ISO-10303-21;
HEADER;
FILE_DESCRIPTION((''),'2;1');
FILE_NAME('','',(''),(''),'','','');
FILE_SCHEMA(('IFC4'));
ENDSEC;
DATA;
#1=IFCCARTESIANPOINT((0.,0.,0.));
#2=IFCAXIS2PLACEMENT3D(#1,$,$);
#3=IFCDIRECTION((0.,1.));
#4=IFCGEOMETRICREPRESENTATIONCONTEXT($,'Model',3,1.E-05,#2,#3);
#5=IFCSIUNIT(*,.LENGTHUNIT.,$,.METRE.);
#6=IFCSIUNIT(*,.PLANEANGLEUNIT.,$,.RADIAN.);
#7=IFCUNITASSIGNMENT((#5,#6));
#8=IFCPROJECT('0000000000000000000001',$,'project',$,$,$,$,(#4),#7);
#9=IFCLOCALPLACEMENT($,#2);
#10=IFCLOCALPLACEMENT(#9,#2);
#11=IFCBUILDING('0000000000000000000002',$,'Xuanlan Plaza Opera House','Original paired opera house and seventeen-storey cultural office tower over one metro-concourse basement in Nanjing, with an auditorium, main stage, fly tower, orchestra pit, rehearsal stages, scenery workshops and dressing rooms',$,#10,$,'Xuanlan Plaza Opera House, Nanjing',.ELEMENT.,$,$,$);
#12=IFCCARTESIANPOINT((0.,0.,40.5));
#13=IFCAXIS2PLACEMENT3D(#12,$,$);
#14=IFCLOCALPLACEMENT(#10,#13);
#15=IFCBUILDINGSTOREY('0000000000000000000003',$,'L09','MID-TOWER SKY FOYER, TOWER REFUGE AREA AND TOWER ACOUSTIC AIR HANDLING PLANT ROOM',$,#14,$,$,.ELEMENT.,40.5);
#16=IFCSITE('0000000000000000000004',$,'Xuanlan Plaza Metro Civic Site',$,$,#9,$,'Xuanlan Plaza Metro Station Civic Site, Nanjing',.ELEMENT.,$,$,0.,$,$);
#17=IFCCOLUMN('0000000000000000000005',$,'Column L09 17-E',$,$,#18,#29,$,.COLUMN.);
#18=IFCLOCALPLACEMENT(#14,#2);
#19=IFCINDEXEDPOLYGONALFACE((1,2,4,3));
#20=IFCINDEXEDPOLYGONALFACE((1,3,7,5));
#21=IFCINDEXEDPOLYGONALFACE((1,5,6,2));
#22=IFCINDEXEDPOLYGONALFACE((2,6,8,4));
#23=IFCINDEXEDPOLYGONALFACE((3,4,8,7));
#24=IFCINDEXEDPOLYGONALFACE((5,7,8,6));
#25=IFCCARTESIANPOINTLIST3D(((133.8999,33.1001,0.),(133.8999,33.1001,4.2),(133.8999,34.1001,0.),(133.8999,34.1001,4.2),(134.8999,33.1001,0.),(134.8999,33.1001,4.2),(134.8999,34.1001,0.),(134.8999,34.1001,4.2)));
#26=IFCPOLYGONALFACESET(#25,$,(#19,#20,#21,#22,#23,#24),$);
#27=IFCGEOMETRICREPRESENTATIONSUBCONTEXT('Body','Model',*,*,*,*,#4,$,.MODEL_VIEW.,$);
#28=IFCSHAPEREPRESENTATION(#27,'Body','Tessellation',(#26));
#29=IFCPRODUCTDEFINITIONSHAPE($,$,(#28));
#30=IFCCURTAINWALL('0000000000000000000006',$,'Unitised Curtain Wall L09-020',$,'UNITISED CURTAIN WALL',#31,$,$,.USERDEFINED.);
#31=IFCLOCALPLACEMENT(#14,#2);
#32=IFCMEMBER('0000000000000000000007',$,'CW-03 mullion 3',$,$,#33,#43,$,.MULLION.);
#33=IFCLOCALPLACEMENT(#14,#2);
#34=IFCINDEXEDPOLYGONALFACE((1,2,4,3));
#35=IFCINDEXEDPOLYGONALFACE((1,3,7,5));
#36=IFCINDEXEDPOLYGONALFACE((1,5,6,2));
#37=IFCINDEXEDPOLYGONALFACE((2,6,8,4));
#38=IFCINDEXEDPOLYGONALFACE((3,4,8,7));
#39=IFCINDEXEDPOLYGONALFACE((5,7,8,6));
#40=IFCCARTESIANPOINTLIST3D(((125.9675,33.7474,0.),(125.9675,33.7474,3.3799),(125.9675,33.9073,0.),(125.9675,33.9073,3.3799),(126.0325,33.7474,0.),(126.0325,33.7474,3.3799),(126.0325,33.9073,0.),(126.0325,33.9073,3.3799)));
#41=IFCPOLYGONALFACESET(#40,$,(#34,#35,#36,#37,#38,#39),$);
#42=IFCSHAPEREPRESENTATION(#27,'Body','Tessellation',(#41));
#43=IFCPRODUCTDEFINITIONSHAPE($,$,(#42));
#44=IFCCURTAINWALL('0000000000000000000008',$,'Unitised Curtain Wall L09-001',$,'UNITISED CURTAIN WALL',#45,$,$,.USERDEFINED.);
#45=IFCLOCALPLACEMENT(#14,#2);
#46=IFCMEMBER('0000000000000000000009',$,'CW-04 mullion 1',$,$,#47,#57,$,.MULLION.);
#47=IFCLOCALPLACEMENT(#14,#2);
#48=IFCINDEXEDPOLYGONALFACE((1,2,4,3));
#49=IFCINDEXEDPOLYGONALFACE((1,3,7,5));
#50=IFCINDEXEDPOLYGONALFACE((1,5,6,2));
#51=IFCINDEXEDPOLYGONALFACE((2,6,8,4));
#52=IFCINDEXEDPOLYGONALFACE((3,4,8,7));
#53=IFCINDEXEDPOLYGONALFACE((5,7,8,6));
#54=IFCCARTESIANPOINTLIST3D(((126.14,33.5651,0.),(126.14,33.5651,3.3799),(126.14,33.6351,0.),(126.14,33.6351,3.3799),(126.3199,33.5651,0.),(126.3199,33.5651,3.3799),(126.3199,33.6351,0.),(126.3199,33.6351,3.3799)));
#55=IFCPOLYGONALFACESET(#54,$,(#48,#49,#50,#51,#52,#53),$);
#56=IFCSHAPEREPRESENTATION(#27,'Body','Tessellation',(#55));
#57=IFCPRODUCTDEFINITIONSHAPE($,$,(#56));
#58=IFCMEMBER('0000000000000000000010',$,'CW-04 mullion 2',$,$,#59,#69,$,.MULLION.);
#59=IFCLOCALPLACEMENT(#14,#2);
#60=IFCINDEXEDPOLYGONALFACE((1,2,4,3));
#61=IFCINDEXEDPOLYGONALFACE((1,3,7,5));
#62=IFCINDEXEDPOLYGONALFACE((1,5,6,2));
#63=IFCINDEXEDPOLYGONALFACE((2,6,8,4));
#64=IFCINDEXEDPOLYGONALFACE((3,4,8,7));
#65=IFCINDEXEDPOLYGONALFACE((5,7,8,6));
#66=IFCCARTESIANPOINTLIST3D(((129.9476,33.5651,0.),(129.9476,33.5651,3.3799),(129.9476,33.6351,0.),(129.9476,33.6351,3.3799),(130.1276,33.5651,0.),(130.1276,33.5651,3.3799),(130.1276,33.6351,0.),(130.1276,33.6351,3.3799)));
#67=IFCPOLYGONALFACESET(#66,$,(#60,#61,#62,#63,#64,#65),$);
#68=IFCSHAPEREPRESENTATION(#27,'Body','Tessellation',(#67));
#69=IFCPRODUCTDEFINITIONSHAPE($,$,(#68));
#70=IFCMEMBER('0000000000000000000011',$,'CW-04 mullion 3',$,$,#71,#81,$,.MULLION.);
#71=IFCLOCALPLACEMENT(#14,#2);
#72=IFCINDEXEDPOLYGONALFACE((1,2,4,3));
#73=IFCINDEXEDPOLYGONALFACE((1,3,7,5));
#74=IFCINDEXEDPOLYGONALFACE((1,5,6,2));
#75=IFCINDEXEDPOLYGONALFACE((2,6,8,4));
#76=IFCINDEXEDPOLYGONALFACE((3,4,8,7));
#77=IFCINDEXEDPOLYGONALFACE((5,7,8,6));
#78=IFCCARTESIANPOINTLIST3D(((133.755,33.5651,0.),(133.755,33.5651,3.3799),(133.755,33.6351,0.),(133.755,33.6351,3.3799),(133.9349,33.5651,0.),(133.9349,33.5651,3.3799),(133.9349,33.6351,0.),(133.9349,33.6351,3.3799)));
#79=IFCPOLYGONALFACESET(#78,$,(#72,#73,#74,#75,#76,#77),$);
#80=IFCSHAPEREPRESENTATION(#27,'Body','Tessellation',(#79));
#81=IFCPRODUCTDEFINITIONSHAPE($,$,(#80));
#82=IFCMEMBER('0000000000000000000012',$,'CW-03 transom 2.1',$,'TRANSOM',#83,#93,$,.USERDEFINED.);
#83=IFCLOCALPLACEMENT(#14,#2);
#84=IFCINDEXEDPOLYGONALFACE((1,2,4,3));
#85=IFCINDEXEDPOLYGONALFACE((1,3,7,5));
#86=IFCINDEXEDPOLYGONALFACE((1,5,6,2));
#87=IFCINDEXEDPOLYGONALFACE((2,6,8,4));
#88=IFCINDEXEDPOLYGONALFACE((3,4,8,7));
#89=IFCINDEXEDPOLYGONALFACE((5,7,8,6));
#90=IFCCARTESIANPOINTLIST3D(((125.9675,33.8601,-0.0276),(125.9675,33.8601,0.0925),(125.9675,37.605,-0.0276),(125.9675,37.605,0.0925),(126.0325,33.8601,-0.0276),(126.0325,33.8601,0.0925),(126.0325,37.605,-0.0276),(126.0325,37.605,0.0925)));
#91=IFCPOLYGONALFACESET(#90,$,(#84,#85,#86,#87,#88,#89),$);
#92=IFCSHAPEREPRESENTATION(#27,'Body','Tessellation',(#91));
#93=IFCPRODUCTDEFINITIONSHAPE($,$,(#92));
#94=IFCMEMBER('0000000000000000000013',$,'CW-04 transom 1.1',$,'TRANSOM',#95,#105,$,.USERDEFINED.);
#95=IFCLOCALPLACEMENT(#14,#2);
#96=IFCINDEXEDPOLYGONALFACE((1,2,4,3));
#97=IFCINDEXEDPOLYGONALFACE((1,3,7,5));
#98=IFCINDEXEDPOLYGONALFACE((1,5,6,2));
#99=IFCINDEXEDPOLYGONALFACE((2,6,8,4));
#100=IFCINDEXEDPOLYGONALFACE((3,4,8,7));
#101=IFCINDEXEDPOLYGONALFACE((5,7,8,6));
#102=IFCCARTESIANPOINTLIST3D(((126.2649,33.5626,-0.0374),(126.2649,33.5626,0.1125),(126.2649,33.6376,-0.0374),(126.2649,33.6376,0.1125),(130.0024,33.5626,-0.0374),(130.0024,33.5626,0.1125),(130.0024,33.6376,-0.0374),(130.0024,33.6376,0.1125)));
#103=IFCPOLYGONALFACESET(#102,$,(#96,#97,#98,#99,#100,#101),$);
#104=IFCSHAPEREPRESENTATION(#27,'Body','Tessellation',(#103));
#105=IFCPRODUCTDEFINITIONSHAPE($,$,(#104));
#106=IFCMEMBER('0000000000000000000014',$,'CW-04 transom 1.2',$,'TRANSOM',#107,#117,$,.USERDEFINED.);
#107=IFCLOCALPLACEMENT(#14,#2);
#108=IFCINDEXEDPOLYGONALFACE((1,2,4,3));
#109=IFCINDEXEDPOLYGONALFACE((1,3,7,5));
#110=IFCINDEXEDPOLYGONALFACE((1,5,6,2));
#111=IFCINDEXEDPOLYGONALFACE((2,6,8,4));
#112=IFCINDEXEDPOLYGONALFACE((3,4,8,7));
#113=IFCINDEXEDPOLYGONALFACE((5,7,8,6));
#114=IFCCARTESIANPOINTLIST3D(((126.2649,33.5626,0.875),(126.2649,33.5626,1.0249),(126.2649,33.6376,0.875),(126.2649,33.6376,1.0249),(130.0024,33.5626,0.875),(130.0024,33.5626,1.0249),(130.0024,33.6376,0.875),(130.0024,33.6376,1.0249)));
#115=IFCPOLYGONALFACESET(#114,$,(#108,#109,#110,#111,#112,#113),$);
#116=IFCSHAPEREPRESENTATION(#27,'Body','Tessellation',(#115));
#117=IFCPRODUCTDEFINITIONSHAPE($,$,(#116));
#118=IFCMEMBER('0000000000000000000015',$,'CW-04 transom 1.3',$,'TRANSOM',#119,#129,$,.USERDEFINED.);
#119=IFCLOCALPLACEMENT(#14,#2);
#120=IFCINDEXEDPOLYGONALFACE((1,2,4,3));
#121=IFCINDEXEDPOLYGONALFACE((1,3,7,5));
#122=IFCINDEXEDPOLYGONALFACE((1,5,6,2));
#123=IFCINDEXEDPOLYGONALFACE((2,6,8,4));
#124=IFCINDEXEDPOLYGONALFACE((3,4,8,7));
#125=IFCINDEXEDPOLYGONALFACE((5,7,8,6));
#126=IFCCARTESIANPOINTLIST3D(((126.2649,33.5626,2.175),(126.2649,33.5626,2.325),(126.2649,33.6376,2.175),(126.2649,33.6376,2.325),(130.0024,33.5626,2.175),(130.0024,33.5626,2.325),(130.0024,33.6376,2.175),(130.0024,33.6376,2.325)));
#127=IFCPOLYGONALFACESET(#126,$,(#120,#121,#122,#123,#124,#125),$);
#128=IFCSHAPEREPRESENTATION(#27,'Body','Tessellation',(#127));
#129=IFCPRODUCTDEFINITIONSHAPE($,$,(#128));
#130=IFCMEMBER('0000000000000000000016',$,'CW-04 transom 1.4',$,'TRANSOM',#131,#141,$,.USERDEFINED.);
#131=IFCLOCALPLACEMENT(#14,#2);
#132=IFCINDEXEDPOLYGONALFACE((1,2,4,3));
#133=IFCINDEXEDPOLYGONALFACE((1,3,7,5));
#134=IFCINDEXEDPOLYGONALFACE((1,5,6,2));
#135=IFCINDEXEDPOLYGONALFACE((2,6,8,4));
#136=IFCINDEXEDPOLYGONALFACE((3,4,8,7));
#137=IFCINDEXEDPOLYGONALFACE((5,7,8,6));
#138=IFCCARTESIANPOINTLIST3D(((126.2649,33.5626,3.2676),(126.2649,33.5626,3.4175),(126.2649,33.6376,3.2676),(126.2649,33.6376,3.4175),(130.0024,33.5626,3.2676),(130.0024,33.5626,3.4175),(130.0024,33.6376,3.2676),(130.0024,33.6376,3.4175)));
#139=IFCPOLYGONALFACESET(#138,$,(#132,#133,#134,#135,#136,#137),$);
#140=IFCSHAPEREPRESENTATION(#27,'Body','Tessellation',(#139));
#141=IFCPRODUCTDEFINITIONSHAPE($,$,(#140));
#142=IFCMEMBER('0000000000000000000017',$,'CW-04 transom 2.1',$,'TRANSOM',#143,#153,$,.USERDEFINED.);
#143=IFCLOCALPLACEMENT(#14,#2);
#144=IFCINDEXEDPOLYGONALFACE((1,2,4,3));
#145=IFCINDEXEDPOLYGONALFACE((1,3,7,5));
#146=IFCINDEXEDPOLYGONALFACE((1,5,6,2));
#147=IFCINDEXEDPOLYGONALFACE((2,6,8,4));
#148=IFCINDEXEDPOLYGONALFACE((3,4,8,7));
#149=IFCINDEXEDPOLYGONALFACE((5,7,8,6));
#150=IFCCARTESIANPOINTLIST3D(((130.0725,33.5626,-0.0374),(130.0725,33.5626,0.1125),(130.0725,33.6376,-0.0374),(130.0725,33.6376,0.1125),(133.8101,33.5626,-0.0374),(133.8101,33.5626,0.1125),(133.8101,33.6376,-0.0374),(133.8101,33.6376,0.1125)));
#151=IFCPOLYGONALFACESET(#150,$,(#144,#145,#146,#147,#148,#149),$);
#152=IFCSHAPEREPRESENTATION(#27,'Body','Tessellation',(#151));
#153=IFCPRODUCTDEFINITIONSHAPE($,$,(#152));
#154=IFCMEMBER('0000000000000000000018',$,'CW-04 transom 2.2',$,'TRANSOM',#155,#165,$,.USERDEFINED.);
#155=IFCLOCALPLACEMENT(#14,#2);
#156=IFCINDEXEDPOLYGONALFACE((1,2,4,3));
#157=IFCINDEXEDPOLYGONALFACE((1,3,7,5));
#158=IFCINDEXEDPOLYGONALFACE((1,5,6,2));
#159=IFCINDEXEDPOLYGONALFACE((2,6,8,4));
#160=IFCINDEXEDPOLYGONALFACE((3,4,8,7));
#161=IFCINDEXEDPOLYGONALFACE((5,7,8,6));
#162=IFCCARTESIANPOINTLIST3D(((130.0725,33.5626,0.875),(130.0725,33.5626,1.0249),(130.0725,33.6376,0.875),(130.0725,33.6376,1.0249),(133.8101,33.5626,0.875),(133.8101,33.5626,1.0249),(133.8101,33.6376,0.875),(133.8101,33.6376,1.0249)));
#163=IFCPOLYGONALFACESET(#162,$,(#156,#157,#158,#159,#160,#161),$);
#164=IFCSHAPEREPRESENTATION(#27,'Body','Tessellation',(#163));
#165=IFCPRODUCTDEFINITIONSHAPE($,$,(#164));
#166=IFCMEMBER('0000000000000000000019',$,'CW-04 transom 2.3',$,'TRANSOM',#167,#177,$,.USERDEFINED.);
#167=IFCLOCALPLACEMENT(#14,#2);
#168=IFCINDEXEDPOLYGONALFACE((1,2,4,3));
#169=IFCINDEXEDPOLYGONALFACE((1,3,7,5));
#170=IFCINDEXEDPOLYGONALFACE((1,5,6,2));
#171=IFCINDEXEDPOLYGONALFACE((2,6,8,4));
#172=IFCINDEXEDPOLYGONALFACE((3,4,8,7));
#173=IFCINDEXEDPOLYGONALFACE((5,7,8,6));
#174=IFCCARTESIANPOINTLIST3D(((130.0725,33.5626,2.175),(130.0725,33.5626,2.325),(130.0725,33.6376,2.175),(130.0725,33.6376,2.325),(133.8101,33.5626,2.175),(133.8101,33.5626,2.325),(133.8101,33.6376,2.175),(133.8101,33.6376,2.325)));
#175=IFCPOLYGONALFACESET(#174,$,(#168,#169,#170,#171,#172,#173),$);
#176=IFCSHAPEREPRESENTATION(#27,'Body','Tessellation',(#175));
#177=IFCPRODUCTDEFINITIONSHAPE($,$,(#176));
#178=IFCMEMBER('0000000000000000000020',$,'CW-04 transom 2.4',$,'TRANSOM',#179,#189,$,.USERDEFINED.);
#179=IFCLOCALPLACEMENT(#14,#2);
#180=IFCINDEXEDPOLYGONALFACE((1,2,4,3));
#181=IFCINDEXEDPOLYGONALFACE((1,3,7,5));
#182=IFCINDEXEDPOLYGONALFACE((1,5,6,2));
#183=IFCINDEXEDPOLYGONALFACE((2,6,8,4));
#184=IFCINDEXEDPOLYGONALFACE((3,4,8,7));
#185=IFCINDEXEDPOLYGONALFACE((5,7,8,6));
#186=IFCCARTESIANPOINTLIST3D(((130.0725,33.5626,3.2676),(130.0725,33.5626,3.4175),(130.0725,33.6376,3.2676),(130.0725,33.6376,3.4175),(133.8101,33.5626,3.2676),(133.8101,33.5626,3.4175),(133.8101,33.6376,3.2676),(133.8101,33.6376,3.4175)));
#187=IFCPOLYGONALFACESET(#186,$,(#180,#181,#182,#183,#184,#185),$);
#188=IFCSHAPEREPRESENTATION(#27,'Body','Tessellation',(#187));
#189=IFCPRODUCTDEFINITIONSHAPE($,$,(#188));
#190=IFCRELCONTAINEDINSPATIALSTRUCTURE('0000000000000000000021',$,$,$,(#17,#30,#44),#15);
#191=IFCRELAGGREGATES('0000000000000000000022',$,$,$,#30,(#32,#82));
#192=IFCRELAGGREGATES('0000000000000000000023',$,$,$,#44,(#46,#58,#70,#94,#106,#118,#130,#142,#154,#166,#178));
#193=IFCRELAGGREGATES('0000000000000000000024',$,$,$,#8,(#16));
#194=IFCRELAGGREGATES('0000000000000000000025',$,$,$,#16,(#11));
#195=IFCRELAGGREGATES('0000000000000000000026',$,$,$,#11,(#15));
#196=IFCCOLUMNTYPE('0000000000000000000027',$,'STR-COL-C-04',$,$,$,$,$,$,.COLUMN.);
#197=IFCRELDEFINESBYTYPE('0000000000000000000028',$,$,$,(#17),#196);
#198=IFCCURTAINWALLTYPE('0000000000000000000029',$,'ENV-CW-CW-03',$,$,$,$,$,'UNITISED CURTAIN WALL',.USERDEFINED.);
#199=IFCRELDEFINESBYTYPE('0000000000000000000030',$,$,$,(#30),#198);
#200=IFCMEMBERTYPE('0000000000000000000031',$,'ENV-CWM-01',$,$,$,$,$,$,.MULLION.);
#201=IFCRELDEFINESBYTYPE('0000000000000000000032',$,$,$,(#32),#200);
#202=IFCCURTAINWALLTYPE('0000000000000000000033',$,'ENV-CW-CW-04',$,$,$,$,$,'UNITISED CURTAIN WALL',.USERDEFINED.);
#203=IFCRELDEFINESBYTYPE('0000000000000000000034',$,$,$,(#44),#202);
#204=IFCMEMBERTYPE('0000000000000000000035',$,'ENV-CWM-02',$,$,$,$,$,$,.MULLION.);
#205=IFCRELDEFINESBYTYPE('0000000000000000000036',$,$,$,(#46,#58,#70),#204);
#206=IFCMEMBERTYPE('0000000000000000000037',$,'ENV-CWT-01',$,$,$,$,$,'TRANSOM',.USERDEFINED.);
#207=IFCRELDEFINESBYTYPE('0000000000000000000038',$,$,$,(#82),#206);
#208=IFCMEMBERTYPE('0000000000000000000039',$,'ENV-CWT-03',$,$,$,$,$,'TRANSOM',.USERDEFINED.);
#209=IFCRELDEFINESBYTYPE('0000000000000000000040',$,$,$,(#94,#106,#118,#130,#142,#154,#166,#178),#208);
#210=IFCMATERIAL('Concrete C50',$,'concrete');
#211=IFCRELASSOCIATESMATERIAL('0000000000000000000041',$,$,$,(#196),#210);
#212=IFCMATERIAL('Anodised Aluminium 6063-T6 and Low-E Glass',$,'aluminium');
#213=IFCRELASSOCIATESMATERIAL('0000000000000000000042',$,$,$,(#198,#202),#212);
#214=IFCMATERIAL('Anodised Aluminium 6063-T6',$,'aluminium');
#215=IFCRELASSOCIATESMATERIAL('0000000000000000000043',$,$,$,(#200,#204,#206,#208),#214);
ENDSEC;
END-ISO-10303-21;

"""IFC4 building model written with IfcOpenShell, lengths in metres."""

from ifc_helpers import new_model, si_unit, direction, frame, origin, origin_2d, place, context, subcontext, project, spatial, rectangle, extrude, material, material_profile, profile_set, type_object, element, aggregate, save


model = new_model("IFC4")

# Units and contexts
model_context = context("Model", 3, precision=1e-05, world=origin(), true_north=direction((0.0, 1.0)))
body_context = subcontext(model_context, "Body", "Model", "MODEL_VIEW")
ifc_project = project(units=[si_unit("LENGTHUNIT", "METRE"), si_unit("PLANEANGLEUNIT", "RADIAN")], contexts=[model_context])

# Site, building, storey
site_placement = place(None, origin())
site = spatial("IfcSite", under=ifc_project, at=site_placement, Name="Xuanlan Plaza Metro Civic Site", LongName="Xuanlan Plaza Metro Station Civic Site, Nanjing", CompositionType="ELEMENT", RefElevation=0.0)
building_placement = place(site_placement, origin())
building = spatial("IfcBuilding", under=site, at=building_placement, Name="Xuanlan Plaza Opera House", Description="Original paired opera house and seventeen-storey cultural office tower over one metro-concourse basement in Nanjing, with an auditorium, main stage, fly tower, orchestra pit, rehearsal stages, scenery workshops and dressing rooms", LongName="Xuanlan Plaza Opera House, Nanjing", CompositionType="ELEMENT")
storey_placement = place(building_placement, frame((0.0, 0.0, 40.5)))
storey = spatial("IfcBuildingStorey", under=building, at=storey_placement, Name="L09", Description="MID-TOWER SKY FOYER, TOWER REFUGE AREA AND TOWER ACOUSTIC AIR HANDLING PLANT ROOM", CompositionType="ELEMENT", Elevation=40.5)

# Column
ifc_material_1 = material(Name="Concrete C50", Category="concrete")
ifc_material_profile_1 = material_profile(ifc_material_1, rectangle(XDim=1.0, YDim=1.0, at=origin_2d()), Name="RC-COL 1000x1000")
ifc_profile_set_1 = profile_set([ifc_material_profile_1], Name="Concrete C50")
column_type = type_object("IfcColumnType", Name="STR-COL-C-04", PredefinedType="COLUMN", material=ifc_profile_set_1)
column_placement = place(storey_placement, frame((134.3999, 33.6001, 0.0), z_axis=(0.0, 0.0, 1.0), x_axis=(1.0, 0.0, 0.0)))
element("IfcColumn", 1, at=column_placement, inside=storey, type_object=column_type, Name="Column L09 17-E", PredefinedType="COLUMN", context=body_context, shape_type="SweptSolid", body=[
    extrude(rectangle(XDim=1.0, YDim=1.0, at=origin_2d()), origin(), (0.0, 0.0, 1.0), 4.2),
])

# Curtain wall, member
ifc_material_2 = material(Name="Anodised Aluminium 6063-T6 and Low-E Glass", Category="aluminium")
curtain_wall_type_1 = type_object("IfcCurtainWallType", Name="ENV-CW-CW-03", ElementType="UNITISED CURTAIN WALL", PredefinedType="USERDEFINED", material=ifc_material_2)
curtain_wall_1_placement = place(storey_placement, origin())
curtain_wall_1 = element("IfcCurtainWall", 2, at=curtain_wall_1_placement, inside=storey, type_object=curtain_wall_type_1, Name="Unitised Curtain Wall L09-020", ObjectType="UNITISED CURTAIN WALL", PredefinedType="USERDEFINED")
ifc_material_3 = material(Name="Anodised Aluminium 6063-T6", Category="aluminium")
ifc_material_profile_2 = material_profile(ifc_material_3, rectangle(XDim=0.0649, YDim=0.1599, at=origin_2d()), Name="ALU-M 65x160")
ifc_profile_set_2 = profile_set([ifc_material_profile_2], Name="Anodised Aluminium 6063-T6")
member_type_1 = type_object("IfcMemberType", Name="ENV-CWM-01", PredefinedType="MULLION", material=ifc_profile_set_2)
member_1_placement = place(storey_placement, frame((126.0, 33.8274, 0.0), z_axis=(0.0, 0.0, 1.0), x_axis=(1.0, 0.0, 0.0)))
member_1 = element("IfcMember", 3, at=member_1_placement, type_object=member_type_1, Name="CW-03 mullion 3", PredefinedType="MULLION", context=body_context, shape_type="SweptSolid", body=[
    extrude(rectangle(XDim=0.0649, YDim=0.1599, at=origin_2d()), origin(), (0.0, 0.0, 1.0), 3.3799),
])

# Curtain wall, members
curtain_wall_type_2 = type_object("IfcCurtainWallType", Name="ENV-CW-CW-04", ElementType="UNITISED CURTAIN WALL", PredefinedType="USERDEFINED", material=ifc_material_2)
curtain_wall_2_placement = place(storey_placement, origin())
curtain_wall_2 = element("IfcCurtainWall", 4, at=curtain_wall_2_placement, inside=storey, type_object=curtain_wall_type_2, Name="Unitised Curtain Wall L09-001", ObjectType="UNITISED CURTAIN WALL", PredefinedType="USERDEFINED")
ifc_material_profile_3 = material_profile(ifc_material_3, rectangle(XDim=0.0701, YDim=0.1799, at=origin_2d()), Name="ALU-M 70x180")
ifc_profile_set_3 = profile_set([ifc_material_profile_3], Name="Anodised Aluminium 6063-T6")
member_type_2 = type_object("IfcMemberType", Name="ENV-CWM-02", PredefinedType="MULLION", material=ifc_profile_set_3)
member_2_placement = place(storey_placement, frame((126.23, 33.6001, 0.0), z_axis=(0.0, 0.0, 1.0), x_axis=(0.0, 1.0, 0.0)))
member_2 = element("IfcMember", 5, at=member_2_placement, type_object=member_type_2, Name="CW-04 mullion 1", PredefinedType="MULLION", context=body_context, shape_type="SweptSolid", body=[
    extrude(rectangle(XDim=0.0701, YDim=0.1799, at=origin_2d()), origin(), (0.0, 0.0, 1.0), 3.3799),
])
member_3_placement = place(storey_placement, frame((130.0376, 33.6001, 0.0), z_axis=(0.0, 0.0, 1.0), x_axis=(0.0, 1.0, 0.0)))
member_3 = element("IfcMember", 6, at=member_3_placement, type_object=member_type_2, Name="CW-04 mullion 2", PredefinedType="MULLION", context=body_context, shape_type="SweptSolid", body=[
    extrude(rectangle(XDim=0.0701, YDim=0.1799, at=origin_2d()), origin(), (0.0, 0.0, 1.0), 3.3799),
])
member_4_placement = place(storey_placement, frame((133.845, 33.6001, 0.0), z_axis=(0.0, 0.0, 1.0), x_axis=(0.0, 1.0, 0.0)))
member_4 = element("IfcMember", 7, at=member_4_placement, type_object=member_type_2, Name="CW-04 mullion 3", PredefinedType="MULLION", context=body_context, shape_type="SweptSolid", body=[
    extrude(rectangle(XDim=0.0701, YDim=0.1799, at=origin_2d()), origin(), (0.0, 0.0, 1.0), 3.3799),
])

# Members
ifc_material_profile_4 = material_profile(ifc_material_3, rectangle(XDim=0.0649, YDim=0.1201, at=origin_2d()), Name="ALU-T 65x120")
ifc_profile_set_4 = profile_set([ifc_material_profile_4], Name="Anodised Aluminium 6063-T6")
member_type_3 = type_object("IfcMemberType", Name="ENV-CWT-01", ElementType="TRANSOM", PredefinedType="USERDEFINED", material=ifc_profile_set_4)
member_5_placement = place(storey_placement, frame((126.0, 37.605, 0.0325), z_axis=(0.0, -1.0, 0.0), x_axis=(1.0, 0.0, 0.0)))
member_5 = element("IfcMember", 8, at=member_5_placement, type_object=member_type_3, Name="CW-03 transom 2.1", ObjectType="TRANSOM", PredefinedType="USERDEFINED", context=body_context, shape_type="SweptSolid", body=[
    extrude(rectangle(XDim=0.0649, YDim=0.1201, at=origin_2d()), origin(), (0.0, 0.0, 1.0), 3.7449),
])
ifc_material_profile_5 = material_profile(ifc_material_3, rectangle(XDim=0.075, YDim=0.1499, at=origin_2d()), Name="ALU-T 75x150")
ifc_profile_set_5 = profile_set([ifc_material_profile_5], Name="Anodised Aluminium 6063-T6")
member_type_4 = type_object("IfcMemberType", Name="ENV-CWT-03", ElementType="TRANSOM", PredefinedType="USERDEFINED", material=ifc_profile_set_5)
member_6_placement = place(storey_placement, frame((126.2649, 33.6001, 0.0376), z_axis=(1.0, 0.0, 0.0), x_axis=(0.0, 1.0, 0.0)))
member_6 = element("IfcMember", 9, at=member_6_placement, type_object=member_type_4, Name="CW-04 transom 1.1", ObjectType="TRANSOM", PredefinedType="USERDEFINED", context=body_context, shape_type="SweptSolid", body=[
    extrude(rectangle(XDim=0.075, YDim=0.1499, at=origin_2d()), origin(), (0.0, 0.0, 1.0), 3.7375),
])
member_7_placement = place(storey_placement, frame((126.2649, 33.6001, 0.95), z_axis=(1.0, 0.0, 0.0), x_axis=(0.0, 1.0, 0.0)))
member_7 = element("IfcMember", 10, at=member_7_placement, type_object=member_type_4, Name="CW-04 transom 1.2", ObjectType="TRANSOM", PredefinedType="USERDEFINED", context=body_context, shape_type="SweptSolid", body=[
    extrude(rectangle(XDim=0.075, YDim=0.1499, at=origin_2d()), origin(), (0.0, 0.0, 1.0), 3.7375),
])
member_8_placement = place(storey_placement, frame((126.2649, 33.6001, 2.25), z_axis=(1.0, 0.0, 0.0), x_axis=(0.0, 1.0, 0.0)))
member_8 = element("IfcMember", 11, at=member_8_placement, type_object=member_type_4, Name="CW-04 transom 1.3", ObjectType="TRANSOM", PredefinedType="USERDEFINED", context=body_context, shape_type="SweptSolid", body=[
    extrude(rectangle(XDim=0.075, YDim=0.1499, at=origin_2d()), origin(), (0.0, 0.0, 1.0), 3.7375),
])
member_9_placement = place(storey_placement, frame((126.2649, 33.6001, 3.3425), z_axis=(1.0, 0.0, 0.0), x_axis=(0.0, 1.0, 0.0)))
member_9 = element("IfcMember", 12, at=member_9_placement, type_object=member_type_4, Name="CW-04 transom 1.4", ObjectType="TRANSOM", PredefinedType="USERDEFINED", context=body_context, shape_type="SweptSolid", body=[
    extrude(rectangle(XDim=0.075, YDim=0.1499, at=origin_2d()), origin(), (0.0, 0.0, 1.0), 3.7375),
])
member_10_placement = place(storey_placement, frame((130.0725, 33.6001, 0.0376), z_axis=(1.0, 0.0, 0.0), x_axis=(0.0, 1.0, 0.0)))
member_10 = element("IfcMember", 13, at=member_10_placement, type_object=member_type_4, Name="CW-04 transom 2.1", ObjectType="TRANSOM", PredefinedType="USERDEFINED", context=body_context, shape_type="SweptSolid", body=[
    extrude(rectangle(XDim=0.075, YDim=0.1499, at=origin_2d()), origin(), (0.0, 0.0, 1.0), 3.7375),
])
member_11_placement = place(storey_placement, frame((130.0725, 33.6001, 0.95), z_axis=(1.0, 0.0, 0.0), x_axis=(0.0, 1.0, 0.0)))
member_11 = element("IfcMember", 14, at=member_11_placement, type_object=member_type_4, Name="CW-04 transom 2.2", ObjectType="TRANSOM", PredefinedType="USERDEFINED", context=body_context, shape_type="SweptSolid", body=[
    extrude(rectangle(XDim=0.075, YDim=0.1499, at=origin_2d()), origin(), (0.0, 0.0, 1.0), 3.7375),
])
member_12_placement = place(storey_placement, frame((130.0725, 33.6001, 2.25), z_axis=(1.0, 0.0, 0.0), x_axis=(0.0, 1.0, 0.0)))
member_12 = element("IfcMember", 15, at=member_12_placement, type_object=member_type_4, Name="CW-04 transom 2.3", ObjectType="TRANSOM", PredefinedType="USERDEFINED", context=body_context, shape_type="SweptSolid", body=[
    extrude(rectangle(XDim=0.075, YDim=0.1499, at=origin_2d()), origin(), (0.0, 0.0, 1.0), 3.7375),
])
member_13_placement = place(storey_placement, frame((130.0725, 33.6001, 3.3425), z_axis=(1.0, 0.0, 0.0), x_axis=(0.0, 1.0, 0.0)))
member_13 = element("IfcMember", 16, at=member_13_placement, type_object=member_type_4, Name="CW-04 transom 2.4", ObjectType="TRANSOM", PredefinedType="USERDEFINED", context=body_context, shape_type="SweptSolid", body=[
    extrude(rectangle(XDim=0.075, YDim=0.1499, at=origin_2d()), origin(), (0.0, 0.0, 1.0), 3.7375),
])

aggregate(curtain_wall_1, [member_1, member_5])
aggregate(curtain_wall_2, [member_2, member_3, member_4, member_6, member_7, member_8, member_9, member_10, member_11, member_12, member_13])

save(model, "model.ifc")
